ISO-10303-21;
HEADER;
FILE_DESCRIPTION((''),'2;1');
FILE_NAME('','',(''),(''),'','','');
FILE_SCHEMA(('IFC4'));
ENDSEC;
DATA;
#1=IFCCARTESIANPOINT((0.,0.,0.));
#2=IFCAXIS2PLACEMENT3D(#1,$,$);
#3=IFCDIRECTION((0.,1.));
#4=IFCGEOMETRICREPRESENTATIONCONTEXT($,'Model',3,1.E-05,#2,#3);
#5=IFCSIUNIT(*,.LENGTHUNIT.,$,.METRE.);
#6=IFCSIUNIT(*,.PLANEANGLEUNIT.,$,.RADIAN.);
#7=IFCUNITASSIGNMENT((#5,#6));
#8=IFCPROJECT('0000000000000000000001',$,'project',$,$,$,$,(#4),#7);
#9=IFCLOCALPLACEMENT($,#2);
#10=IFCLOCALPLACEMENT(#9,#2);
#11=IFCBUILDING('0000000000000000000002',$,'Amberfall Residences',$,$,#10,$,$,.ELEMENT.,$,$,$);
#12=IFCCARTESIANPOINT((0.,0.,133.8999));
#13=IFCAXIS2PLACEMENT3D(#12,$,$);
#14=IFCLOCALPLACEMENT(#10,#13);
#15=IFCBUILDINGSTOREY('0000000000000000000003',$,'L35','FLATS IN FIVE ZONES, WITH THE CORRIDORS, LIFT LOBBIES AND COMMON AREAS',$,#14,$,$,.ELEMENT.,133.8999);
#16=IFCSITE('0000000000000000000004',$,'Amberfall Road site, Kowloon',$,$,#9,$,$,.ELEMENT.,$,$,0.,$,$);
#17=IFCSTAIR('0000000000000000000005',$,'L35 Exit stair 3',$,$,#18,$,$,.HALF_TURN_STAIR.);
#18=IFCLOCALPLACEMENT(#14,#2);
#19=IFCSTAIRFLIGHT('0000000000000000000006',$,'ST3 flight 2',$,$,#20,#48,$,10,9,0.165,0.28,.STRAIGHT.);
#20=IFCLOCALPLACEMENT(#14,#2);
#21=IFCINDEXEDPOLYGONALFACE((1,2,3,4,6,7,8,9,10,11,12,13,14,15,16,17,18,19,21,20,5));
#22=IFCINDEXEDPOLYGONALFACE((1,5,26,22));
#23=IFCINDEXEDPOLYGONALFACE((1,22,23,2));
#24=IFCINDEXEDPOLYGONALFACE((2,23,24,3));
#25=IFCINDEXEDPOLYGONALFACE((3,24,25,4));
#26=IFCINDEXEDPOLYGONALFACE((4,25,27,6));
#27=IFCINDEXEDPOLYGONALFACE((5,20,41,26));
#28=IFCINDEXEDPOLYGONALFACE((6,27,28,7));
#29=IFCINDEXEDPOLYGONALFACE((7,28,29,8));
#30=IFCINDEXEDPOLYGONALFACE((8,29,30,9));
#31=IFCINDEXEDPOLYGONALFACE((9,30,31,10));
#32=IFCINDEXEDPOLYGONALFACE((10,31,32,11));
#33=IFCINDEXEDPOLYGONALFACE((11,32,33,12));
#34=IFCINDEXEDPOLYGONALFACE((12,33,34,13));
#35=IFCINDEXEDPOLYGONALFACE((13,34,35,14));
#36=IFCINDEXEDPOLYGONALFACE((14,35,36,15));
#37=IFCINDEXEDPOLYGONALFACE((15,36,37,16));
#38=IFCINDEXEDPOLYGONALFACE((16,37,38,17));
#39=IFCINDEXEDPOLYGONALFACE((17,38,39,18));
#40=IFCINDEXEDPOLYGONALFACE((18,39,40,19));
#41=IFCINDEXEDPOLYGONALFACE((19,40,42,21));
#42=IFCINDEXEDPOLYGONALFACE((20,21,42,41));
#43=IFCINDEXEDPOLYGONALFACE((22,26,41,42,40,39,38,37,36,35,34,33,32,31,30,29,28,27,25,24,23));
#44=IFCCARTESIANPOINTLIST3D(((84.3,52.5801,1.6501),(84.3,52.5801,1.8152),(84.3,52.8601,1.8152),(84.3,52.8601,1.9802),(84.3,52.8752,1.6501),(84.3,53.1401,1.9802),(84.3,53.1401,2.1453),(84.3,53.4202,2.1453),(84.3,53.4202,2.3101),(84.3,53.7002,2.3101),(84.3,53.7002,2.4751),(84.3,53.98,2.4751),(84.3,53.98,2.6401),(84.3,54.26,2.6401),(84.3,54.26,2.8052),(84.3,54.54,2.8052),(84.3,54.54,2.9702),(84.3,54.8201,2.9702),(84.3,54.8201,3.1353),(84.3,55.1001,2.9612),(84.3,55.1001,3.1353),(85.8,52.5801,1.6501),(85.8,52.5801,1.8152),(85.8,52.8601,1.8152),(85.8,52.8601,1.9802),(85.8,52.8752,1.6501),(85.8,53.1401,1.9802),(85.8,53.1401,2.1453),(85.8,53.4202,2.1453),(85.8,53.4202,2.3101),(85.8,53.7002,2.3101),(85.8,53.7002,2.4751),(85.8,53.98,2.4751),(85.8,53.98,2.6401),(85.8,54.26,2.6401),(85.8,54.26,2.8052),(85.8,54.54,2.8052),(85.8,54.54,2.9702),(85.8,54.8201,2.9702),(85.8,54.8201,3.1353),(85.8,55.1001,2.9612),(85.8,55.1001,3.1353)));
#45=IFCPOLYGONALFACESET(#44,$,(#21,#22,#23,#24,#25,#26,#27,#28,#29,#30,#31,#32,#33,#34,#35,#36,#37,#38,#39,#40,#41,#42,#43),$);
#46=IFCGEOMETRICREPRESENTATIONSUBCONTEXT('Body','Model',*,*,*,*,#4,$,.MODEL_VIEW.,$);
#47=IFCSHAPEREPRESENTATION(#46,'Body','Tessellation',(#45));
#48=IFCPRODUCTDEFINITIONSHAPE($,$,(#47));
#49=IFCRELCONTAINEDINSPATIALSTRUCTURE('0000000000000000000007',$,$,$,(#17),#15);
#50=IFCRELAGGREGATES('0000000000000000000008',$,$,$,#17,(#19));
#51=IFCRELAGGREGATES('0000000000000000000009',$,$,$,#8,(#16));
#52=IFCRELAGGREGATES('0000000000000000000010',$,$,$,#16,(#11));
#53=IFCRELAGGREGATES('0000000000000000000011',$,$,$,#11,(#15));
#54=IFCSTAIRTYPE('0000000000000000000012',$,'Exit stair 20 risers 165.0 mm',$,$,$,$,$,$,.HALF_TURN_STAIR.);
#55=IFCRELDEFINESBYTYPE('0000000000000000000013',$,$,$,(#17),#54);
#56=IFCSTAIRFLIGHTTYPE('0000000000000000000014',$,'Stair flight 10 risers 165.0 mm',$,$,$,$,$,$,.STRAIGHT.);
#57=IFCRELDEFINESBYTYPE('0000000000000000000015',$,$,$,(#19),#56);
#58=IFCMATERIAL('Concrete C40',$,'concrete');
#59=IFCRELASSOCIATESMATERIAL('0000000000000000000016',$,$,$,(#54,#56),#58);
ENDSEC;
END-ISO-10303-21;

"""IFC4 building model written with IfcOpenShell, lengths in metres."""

from ifc_helpers import new_model, si_unit, direction, frame, origin, place, context, subcontext, project, spatial, polyline, outline, extrude, material, type_object, element, aggregate, save


model = new_model("IFC4")

# Units and contexts
model_context = context("Model", 3, precision=1e-05, world=origin(), true_north=direction((0.0, 1.0)))
body_context = subcontext(model_context, "Body", "Model", "MODEL_VIEW")
ifc_project = project(units=[si_unit("LENGTHUNIT", "METRE"), si_unit("PLANEANGLEUNIT", "RADIAN")], contexts=[model_context])

# Site, building, storey
site_placement = place(None, origin())
site = spatial("IfcSite", under=ifc_project, at=site_placement, Name="Amberfall Road site, Kowloon", CompositionType="ELEMENT", RefElevation=0.0)
building_placement = place(site_placement, origin())
building = spatial("IfcBuilding", under=site, at=building_placement, Name="Amberfall Residences", CompositionType="ELEMENT")
storey_placement = place(building_placement, frame((0.0, 0.0, 133.8999)))
storey = spatial("IfcBuildingStorey", under=building, at=storey_placement, Name="L35", Description="FLATS IN FIVE ZONES, WITH THE CORRIDORS, LIFT LOBBIES AND COMMON AREAS", CompositionType="ELEMENT", Elevation=133.8999)

# Stair, stair flight
ifc_material_1 = material(Name="Concrete C40", Category="concrete")
stair_type = type_object("IfcStairType", Name="Exit stair 20 risers 165.0 mm", PredefinedType="HALF_TURN_STAIR", material=ifc_material_1)
stair_placement = place(storey_placement, origin())
stair = element("IfcStair", 1, at=stair_placement, inside=storey, type_object=stair_type, Name="L35 Exit stair 3", PredefinedType="HALF_TURN_STAIR")
stair_flight_type = type_object("IfcStairFlightType", Name="Stair flight 10 risers 165.0 mm", PredefinedType="STRAIGHT", material=ifc_material_1)
stair_flight_1_placement = place(storey_placement, frame((85.05, 52.5801, 1.6501), z_axis=(0.0, 0.0, 1.0), x_axis=(0.0, 1.0, 0.0)))
stair_flight_1 = element("IfcStairFlight", 2, at=stair_flight_1_placement, type_object=stair_flight_type, Name="ST3 flight 2", NumberOfRisers=10, NumberOfTreads=9, PredefinedType="STRAIGHT", RiserHeight=0.165, TreadLength=0.28, context=body_context, shape_type="SweptSolid", body=[
    extrude(outline(polyline([(0.0, 0.0), (0.0, 0.165), (0.28, 0.165), (0.28, 0.3301), (0.5601, 0.3301), (0.5601, 0.4951), (0.8401, 0.4951), (0.8401, 0.6599), (1.1201, 0.6599), (1.1201, 0.825), (1.3999, 0.825), (1.3999, 0.99), (1.6799, 0.99), (1.6799, 1.155), (1.96, 1.155), (1.96, 1.3201), (2.24, 1.3201), (2.24, 1.4851), (2.52, 1.4851), (2.52, 1.6499), (2.52, 1.311), (0.2952, 0.0), (0.0, 0.0)])), frame((0.0, 0.75, 0.0), z_axis=(0.0, -1.0, 0.0), x_axis=(1.0, 0.0, 0.0)), (0.0, 0.0, 1.0), 1.5),
])
aggregate(stair, [stair_flight_1])

save(model, "model.ifc")
